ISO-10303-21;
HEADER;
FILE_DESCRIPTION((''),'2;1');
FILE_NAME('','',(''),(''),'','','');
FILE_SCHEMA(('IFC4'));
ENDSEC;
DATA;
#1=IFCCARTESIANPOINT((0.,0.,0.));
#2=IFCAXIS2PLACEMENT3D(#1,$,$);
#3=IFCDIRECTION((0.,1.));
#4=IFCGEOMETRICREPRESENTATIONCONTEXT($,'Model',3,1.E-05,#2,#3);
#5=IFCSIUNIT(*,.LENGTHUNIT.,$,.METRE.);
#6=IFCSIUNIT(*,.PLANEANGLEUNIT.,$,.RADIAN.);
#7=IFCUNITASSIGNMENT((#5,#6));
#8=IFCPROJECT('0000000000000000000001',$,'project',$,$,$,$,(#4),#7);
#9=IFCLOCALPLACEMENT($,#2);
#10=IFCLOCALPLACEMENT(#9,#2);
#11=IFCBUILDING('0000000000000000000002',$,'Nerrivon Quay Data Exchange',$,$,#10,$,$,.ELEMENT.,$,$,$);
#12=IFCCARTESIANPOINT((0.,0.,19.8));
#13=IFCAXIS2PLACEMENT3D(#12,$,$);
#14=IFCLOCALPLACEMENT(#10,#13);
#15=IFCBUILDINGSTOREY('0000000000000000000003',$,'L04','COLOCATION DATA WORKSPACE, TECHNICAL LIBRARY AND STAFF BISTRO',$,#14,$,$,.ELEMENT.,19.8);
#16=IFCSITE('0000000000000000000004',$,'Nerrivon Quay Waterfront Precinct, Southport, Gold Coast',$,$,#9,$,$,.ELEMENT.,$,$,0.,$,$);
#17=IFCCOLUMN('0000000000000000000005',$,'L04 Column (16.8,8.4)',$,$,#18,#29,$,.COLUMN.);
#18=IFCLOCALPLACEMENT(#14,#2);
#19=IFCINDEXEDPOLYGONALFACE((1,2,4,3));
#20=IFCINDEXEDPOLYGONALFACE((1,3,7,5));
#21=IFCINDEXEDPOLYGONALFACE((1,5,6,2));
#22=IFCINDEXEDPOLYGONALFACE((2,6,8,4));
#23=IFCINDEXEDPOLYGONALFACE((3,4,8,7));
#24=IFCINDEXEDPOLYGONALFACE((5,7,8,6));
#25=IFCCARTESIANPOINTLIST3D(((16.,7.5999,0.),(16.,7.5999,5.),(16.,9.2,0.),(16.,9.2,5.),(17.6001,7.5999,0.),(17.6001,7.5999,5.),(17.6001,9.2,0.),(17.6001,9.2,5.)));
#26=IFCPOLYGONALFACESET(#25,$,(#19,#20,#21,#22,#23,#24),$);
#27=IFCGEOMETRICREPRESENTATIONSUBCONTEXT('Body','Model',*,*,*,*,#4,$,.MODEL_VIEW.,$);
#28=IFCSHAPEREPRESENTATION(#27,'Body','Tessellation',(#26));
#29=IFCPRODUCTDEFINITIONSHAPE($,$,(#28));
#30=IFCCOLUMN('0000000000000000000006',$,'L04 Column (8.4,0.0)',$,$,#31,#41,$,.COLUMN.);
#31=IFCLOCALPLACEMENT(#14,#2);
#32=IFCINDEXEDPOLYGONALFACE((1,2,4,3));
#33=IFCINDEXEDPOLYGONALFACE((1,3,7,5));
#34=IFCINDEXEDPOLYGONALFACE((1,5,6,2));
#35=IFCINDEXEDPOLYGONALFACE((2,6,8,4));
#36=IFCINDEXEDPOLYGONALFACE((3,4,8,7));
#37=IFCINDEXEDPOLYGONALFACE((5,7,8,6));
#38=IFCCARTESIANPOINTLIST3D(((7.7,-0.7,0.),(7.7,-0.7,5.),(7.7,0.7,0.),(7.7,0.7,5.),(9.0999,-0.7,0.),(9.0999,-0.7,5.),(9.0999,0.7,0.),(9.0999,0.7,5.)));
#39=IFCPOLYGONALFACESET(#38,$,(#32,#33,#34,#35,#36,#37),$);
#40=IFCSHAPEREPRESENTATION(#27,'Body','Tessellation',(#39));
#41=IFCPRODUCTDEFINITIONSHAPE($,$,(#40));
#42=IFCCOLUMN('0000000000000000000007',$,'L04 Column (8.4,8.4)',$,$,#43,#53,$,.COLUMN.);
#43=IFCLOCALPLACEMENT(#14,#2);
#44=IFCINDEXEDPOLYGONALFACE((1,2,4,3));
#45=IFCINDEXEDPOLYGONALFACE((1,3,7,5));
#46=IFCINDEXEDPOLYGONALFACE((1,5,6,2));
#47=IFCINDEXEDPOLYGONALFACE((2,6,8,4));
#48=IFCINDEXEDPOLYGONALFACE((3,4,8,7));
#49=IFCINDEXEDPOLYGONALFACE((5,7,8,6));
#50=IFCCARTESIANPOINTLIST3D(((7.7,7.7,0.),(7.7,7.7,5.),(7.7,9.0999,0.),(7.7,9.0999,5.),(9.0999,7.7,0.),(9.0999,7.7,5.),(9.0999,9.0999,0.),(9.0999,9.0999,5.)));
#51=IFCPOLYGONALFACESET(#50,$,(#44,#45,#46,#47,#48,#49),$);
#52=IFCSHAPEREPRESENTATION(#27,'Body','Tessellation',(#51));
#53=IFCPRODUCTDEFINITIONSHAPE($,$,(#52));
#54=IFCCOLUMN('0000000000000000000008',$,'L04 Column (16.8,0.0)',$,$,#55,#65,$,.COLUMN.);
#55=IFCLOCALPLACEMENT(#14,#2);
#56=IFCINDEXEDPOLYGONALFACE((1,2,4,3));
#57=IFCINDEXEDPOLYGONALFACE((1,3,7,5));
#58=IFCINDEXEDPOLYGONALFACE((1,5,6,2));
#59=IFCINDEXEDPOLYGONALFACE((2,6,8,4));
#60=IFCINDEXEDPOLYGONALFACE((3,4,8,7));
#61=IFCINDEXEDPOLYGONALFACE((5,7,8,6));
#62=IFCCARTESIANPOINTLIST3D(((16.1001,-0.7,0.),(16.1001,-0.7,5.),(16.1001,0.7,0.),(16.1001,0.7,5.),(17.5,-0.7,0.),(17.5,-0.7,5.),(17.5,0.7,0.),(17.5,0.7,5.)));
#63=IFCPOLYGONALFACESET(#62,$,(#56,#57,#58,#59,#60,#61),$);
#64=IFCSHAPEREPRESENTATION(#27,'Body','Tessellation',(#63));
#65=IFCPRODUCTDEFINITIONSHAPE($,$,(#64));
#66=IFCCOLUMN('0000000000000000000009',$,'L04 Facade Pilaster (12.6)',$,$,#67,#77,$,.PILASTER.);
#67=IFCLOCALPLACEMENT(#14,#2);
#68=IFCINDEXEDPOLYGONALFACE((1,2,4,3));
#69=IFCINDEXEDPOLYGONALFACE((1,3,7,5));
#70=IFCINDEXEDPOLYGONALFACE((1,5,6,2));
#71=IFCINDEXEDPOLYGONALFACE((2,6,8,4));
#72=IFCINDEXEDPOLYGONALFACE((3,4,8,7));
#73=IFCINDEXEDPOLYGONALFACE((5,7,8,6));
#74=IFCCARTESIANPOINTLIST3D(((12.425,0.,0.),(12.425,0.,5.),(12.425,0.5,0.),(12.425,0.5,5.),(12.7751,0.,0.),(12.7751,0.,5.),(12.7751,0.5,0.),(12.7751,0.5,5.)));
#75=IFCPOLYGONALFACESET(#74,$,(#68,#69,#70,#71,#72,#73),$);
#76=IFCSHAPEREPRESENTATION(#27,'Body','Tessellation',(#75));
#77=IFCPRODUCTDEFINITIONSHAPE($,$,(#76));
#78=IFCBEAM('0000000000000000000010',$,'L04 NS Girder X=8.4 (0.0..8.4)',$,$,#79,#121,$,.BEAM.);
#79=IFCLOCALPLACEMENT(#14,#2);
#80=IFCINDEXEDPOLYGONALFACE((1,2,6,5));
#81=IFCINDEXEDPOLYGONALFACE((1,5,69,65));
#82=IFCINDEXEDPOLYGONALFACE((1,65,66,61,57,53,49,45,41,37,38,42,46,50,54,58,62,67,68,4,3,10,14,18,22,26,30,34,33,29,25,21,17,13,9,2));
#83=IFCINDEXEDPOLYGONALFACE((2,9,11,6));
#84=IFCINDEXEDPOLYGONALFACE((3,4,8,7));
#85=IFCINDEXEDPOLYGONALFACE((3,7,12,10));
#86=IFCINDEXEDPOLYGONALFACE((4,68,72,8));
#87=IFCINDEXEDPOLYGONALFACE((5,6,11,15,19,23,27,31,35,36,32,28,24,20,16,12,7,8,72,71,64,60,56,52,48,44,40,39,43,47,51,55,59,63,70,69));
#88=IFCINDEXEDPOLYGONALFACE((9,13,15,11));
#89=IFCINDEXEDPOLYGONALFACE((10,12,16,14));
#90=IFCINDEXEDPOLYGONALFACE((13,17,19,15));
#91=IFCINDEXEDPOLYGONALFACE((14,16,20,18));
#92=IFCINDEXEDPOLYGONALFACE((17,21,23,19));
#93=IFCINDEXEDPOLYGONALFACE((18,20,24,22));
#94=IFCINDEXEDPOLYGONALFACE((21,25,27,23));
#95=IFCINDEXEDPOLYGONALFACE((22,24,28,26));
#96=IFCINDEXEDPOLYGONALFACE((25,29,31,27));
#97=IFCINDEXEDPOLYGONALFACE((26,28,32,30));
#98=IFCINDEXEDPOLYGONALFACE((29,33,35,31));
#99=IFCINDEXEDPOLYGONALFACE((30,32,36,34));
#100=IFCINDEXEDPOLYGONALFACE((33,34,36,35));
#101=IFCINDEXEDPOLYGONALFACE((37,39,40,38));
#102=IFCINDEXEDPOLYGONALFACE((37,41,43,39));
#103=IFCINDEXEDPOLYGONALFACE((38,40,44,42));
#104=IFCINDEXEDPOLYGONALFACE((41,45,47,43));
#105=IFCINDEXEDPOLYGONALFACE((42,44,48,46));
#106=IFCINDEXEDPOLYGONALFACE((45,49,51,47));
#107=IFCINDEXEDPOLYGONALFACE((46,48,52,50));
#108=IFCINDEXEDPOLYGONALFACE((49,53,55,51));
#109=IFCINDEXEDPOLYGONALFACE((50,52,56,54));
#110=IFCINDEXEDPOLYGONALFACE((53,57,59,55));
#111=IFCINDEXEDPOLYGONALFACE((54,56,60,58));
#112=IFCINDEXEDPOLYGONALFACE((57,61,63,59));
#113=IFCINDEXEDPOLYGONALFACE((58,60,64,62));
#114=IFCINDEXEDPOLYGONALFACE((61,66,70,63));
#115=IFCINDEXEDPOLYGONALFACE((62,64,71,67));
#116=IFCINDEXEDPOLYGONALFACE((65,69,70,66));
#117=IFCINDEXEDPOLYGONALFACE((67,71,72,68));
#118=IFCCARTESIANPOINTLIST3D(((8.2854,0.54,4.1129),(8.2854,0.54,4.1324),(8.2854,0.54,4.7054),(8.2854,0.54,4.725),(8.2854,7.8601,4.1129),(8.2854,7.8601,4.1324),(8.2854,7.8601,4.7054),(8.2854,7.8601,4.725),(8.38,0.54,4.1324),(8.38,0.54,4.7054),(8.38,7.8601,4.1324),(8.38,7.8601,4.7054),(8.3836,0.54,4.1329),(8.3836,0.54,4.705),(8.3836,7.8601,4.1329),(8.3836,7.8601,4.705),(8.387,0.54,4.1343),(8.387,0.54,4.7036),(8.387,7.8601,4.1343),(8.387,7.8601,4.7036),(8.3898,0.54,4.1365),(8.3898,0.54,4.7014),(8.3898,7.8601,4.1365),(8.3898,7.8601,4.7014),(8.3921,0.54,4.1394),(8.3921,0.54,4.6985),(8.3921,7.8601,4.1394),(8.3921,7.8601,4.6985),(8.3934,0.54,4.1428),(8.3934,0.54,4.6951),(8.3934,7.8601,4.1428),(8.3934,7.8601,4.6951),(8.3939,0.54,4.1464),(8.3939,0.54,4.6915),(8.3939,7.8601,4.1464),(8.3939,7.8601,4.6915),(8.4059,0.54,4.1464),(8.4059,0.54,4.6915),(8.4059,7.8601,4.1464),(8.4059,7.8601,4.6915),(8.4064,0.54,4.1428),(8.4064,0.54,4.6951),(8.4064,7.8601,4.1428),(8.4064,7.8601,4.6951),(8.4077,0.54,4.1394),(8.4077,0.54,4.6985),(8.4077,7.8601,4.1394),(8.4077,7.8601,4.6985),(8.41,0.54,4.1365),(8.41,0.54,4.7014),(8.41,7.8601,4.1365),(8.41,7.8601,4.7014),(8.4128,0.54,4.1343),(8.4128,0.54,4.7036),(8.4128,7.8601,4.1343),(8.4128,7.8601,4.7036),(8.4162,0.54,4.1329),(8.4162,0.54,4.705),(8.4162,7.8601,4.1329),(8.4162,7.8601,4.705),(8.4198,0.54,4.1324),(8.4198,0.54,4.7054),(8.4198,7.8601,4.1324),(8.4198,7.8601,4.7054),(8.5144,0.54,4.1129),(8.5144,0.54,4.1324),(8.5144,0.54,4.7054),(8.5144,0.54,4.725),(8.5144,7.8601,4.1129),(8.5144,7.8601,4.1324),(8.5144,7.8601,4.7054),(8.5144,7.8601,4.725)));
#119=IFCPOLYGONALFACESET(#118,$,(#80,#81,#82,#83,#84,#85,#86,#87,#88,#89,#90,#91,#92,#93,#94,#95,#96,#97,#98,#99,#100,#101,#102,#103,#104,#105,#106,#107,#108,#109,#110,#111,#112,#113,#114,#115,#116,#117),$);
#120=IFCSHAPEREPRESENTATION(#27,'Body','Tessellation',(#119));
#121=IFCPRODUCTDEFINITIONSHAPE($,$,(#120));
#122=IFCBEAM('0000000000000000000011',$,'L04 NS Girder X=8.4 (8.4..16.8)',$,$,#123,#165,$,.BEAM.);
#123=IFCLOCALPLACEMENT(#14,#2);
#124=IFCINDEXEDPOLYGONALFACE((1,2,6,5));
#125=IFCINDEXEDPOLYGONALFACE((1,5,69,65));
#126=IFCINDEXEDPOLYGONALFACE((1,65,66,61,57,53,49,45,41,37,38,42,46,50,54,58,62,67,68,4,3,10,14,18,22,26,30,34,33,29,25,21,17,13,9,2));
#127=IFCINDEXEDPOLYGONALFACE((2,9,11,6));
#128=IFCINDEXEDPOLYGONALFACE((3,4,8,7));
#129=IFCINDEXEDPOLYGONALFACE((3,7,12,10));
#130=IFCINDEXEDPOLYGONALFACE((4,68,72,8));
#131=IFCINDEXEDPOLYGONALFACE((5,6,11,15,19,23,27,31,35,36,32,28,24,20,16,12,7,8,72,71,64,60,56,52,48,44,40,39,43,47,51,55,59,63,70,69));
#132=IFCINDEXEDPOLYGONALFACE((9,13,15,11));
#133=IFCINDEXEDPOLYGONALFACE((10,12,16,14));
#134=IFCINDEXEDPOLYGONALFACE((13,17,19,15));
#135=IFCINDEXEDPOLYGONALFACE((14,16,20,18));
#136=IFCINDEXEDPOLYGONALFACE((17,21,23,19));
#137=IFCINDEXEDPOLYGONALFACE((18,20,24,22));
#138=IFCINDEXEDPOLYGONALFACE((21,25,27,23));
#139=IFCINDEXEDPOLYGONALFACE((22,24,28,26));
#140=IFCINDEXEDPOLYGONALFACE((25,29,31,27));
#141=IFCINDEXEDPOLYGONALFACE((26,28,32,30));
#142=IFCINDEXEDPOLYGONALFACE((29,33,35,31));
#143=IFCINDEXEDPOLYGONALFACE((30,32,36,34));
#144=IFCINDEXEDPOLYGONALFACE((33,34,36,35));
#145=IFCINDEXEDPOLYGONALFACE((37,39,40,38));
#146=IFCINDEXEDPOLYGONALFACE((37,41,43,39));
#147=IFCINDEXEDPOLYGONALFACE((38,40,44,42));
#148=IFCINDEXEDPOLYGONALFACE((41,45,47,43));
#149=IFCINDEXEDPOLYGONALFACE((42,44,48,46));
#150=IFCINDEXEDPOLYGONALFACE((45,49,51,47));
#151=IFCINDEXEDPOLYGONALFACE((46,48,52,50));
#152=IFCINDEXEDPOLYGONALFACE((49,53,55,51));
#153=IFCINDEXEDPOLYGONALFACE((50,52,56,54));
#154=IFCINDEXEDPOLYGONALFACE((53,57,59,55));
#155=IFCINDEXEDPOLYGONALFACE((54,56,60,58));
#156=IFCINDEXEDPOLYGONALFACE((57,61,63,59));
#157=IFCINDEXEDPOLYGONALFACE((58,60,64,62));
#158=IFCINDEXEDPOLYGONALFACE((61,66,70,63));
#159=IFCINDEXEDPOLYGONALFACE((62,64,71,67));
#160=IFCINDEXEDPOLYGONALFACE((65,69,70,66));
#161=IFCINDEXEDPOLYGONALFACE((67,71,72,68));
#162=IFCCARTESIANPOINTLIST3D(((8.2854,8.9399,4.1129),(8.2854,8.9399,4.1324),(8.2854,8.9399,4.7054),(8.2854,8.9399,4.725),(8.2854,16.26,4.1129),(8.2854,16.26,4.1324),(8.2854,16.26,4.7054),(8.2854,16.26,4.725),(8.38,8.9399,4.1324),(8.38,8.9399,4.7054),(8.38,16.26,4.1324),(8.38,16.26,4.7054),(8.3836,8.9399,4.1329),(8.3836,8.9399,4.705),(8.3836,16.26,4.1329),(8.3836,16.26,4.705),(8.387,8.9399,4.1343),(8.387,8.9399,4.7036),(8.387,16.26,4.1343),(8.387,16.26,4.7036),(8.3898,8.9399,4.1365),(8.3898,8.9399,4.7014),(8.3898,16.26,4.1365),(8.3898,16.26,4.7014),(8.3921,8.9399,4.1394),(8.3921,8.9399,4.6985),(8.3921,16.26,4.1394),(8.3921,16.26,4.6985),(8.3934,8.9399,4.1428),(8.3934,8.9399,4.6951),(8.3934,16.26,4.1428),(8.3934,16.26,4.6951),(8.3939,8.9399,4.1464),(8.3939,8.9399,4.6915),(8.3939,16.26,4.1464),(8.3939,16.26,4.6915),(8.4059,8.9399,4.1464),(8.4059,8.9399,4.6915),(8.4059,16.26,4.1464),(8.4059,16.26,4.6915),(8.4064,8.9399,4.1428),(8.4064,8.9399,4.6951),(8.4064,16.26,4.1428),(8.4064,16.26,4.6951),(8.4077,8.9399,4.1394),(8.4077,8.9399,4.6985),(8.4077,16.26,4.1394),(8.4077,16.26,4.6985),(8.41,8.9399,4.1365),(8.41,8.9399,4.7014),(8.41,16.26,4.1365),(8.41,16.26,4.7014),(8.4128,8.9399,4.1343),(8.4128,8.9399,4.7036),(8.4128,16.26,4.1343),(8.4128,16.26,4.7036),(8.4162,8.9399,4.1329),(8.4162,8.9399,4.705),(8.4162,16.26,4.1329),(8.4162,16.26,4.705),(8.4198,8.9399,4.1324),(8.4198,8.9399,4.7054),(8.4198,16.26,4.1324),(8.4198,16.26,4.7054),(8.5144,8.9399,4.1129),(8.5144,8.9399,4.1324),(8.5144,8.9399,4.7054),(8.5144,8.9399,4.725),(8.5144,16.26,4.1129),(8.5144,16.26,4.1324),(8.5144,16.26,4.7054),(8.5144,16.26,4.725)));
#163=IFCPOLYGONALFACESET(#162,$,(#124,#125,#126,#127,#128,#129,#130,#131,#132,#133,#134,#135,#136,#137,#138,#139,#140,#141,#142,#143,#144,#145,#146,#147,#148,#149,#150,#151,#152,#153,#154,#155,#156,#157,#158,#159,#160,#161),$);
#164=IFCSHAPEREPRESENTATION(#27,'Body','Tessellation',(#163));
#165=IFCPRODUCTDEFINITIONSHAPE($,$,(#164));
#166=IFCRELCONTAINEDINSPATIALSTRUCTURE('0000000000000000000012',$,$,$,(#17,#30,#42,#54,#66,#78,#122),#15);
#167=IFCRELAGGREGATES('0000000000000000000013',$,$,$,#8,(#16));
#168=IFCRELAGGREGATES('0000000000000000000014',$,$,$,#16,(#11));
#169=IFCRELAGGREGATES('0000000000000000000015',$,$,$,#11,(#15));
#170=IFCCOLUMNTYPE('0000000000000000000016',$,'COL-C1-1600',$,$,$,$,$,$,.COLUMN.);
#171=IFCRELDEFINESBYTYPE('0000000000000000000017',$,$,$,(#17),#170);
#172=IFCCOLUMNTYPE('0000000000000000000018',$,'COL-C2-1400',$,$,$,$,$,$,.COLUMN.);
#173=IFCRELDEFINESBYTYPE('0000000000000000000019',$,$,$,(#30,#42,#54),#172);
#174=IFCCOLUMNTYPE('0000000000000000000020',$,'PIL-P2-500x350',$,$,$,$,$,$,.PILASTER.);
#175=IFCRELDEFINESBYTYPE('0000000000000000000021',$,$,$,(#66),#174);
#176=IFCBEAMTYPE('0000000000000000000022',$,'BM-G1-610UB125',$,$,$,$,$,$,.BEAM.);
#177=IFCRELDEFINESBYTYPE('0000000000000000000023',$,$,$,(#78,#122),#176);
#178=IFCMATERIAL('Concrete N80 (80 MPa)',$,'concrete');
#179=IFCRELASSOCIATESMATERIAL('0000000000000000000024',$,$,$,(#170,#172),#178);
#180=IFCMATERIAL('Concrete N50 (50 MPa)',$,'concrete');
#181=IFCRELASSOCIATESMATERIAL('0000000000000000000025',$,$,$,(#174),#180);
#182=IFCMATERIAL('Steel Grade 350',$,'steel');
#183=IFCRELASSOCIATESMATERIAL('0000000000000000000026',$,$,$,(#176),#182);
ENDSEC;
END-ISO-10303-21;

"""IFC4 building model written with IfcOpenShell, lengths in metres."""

from ifc_helpers import new_model, si_unit, direction, frame, origin, origin_2d, place, context, subcontext, project, spatial, rectangle, i_section, extrude, material, material_profile, profile_set, type_object, element, save


model = new_model("IFC4")

# Units and contexts
model_context = context("Model", 3, precision=1e-05, world=origin(), true_north=direction((0.0, 1.0)))
body_context = subcontext(model_context, "Body", "Model", "MODEL_VIEW")
ifc_project = project(units=[si_unit("LENGTHUNIT", "METRE"), si_unit("PLANEANGLEUNIT", "RADIAN")], contexts=[model_context])

# Site, building, storey
site_placement = place(None, origin())
site = spatial("IfcSite", under=ifc_project, at=site_placement, Name="Nerrivon Quay Waterfront Precinct, Southport, Gold Coast", CompositionType="ELEMENT", RefElevation=0.0)
building_placement = place(site_placement, origin())
building = spatial("IfcBuilding", under=site, at=building_placement, Name="Nerrivon Quay Data Exchange", CompositionType="ELEMENT")
storey_placement = place(building_placement, frame((0.0, 0.0, 19.8)))
storey = spatial("IfcBuildingStorey", under=building, at=storey_placement, Name="L04", Description="COLOCATION DATA WORKSPACE, TECHNICAL LIBRARY AND STAFF BISTRO", CompositionType="ELEMENT", Elevation=19.8)

# Columns
ifc_material_1 = material(Name="Concrete N80 (80 MPa)", Category="concrete")
ifc_material_profile_1 = material_profile(ifc_material_1, rectangle(XDim=1.6001, YDim=1.6001, at=origin_2d()), Name="RC-COL-1600x1600")
ifc_profile_set_1 = profile_set([ifc_material_profile_1], Name="Concrete N80 (80 MPa)")
column_type_1 = type_object("IfcColumnType", Name="COL-C1-1600", PredefinedType="COLUMN", material=ifc_profile_set_1)
column_1_placement = place(storey_placement, frame((16.8, 8.3999, 0.0), z_axis=(0.0, 0.0, 1.0), x_axis=(1.0, 0.0, 0.0)))
element("IfcColumn", 1, at=column_1_placement, inside=storey, type_object=column_type_1, Name="L04 Column (16.8,8.4)", PredefinedType="COLUMN", context=body_context, shape_type="SweptSolid", body=[
    extrude(rectangle(XDim=1.6001, YDim=1.6001, at=origin_2d()), origin(), (0.0, 0.0, 1.0), 5.0),
])
ifc_material_profile_2 = material_profile(ifc_material_1, rectangle(XDim=1.3999, YDim=1.3999, at=origin_2d()), Name="RC-COL-1400x1400")
ifc_profile_set_2 = profile_set([ifc_material_profile_2], Name="Concrete N80 (80 MPa)")
column_type_2 = type_object("IfcColumnType", Name="COL-C2-1400", PredefinedType="COLUMN", material=ifc_profile_set_2)
for number, where, z_axis, x_axis, name in (
    (2, (8.3999, 0.0, 0.0), (0.0, 0.0, 1.0), (1.0, 0.0, 0.0), "L04 Column (8.4,0.0)"),
    (3, (8.3999, 8.3999, 0.0), (0.0, 0.0, 1.0), (1.0, 0.0, 0.0), "L04 Column (8.4,8.4)"),
    (4, (16.8, 0.0, 0.0), (0.0, 0.0, 1.0), (1.0, 0.0, 0.0), "L04 Column (16.8,0.0)"),
):
    element("IfcColumn", number, at=place(storey_placement, frame(where, z_axis=z_axis, x_axis=x_axis)), inside=storey, type_object=column_type_2, Name=name, PredefinedType="COLUMN", context=body_context, shape_type="SweptSolid", body=[
        extrude(rectangle(XDim=1.3999, YDim=1.3999, at=origin_2d()), origin(), (0.0, 0.0, 1.0), 5.0),
    ])
ifc_material_2 = material(Name="Concrete N50 (50 MPa)", Category="concrete")
ifc_material_profile_3 = material_profile(ifc_material_2, rectangle(XDim=0.3501, YDim=0.5, at=origin_2d()), Name="RC-PIL-500x350")
ifc_profile_set_3 = profile_set([ifc_material_profile_3], Name="Concrete N50 (50 MPa)")
column_type_3 = type_object("IfcColumnType", Name="PIL-P2-500x350", PredefinedType="PILASTER", material=ifc_profile_set_3)
column_2_placement = place(storey_placement, frame((12.6001, 0.25, 0.0), z_axis=(0.0, 0.0, 1.0), x_axis=(1.0, 0.0, 0.0)))
element("IfcColumn", 5, at=column_2_placement, inside=storey, type_object=column_type_3, Name="L04 Facade Pilaster (12.6)", PredefinedType="PILASTER", context=body_context, shape_type="SweptSolid", body=[
    extrude(rectangle(XDim=0.3501, YDim=0.5, at=origin_2d()), origin(), (0.0, 0.0, 1.0), 5.0),
])

# Beams
ifc_material_3 = material(Name="Steel Grade 350", Category="steel")
ifc_material_profile_4 = material_profile(ifc_material_3, i_section(OverallWidth=0.229, OverallDepth=0.6121, WebThickness=0.012, FlangeThickness=0.0195, FilletRadius=0.0139, at=origin_2d()), Name="610UB125")
ifc_profile_set_4 = profile_set([ifc_material_profile_4], Name="Steel Grade 350")
beam_type_1 = type_object("IfcBeamType", Name="BM-G1-610UB125", PredefinedType="BEAM", material=ifc_profile_set_4)
for number, where, z_axis, x_axis, name in (
    (6, (8.3999, 0.54, 4.4189), (0.0, 1.0, 0.0), (-1.0, 0.0, 0.0), "L04 NS Girder X=8.4 (0.0..8.4)"),
    (7, (8.3999, 8.9399, 4.4189), (0.0, 1.0, 0.0), (-1.0, 0.0, 0.0), "L04 NS Girder X=8.4 (8.4..16.8)"),
):
    element("IfcBeam", number, at=place(storey_placement, frame(where, z_axis=z_axis, x_axis=x_axis)), inside=storey, type_object=beam_type_1, Name=name, PredefinedType="BEAM", context=body_context, shape_type="SweptSolid", body=[
        extrude(i_section(OverallWidth=0.229, OverallDepth=0.6121, WebThickness=0.012, FlangeThickness=0.0195, FilletRadius=0.0139, at=origin_2d()), origin(), (0.0, 0.0, 1.0), 7.3201),
    ])

save(model, "model.ifc")
